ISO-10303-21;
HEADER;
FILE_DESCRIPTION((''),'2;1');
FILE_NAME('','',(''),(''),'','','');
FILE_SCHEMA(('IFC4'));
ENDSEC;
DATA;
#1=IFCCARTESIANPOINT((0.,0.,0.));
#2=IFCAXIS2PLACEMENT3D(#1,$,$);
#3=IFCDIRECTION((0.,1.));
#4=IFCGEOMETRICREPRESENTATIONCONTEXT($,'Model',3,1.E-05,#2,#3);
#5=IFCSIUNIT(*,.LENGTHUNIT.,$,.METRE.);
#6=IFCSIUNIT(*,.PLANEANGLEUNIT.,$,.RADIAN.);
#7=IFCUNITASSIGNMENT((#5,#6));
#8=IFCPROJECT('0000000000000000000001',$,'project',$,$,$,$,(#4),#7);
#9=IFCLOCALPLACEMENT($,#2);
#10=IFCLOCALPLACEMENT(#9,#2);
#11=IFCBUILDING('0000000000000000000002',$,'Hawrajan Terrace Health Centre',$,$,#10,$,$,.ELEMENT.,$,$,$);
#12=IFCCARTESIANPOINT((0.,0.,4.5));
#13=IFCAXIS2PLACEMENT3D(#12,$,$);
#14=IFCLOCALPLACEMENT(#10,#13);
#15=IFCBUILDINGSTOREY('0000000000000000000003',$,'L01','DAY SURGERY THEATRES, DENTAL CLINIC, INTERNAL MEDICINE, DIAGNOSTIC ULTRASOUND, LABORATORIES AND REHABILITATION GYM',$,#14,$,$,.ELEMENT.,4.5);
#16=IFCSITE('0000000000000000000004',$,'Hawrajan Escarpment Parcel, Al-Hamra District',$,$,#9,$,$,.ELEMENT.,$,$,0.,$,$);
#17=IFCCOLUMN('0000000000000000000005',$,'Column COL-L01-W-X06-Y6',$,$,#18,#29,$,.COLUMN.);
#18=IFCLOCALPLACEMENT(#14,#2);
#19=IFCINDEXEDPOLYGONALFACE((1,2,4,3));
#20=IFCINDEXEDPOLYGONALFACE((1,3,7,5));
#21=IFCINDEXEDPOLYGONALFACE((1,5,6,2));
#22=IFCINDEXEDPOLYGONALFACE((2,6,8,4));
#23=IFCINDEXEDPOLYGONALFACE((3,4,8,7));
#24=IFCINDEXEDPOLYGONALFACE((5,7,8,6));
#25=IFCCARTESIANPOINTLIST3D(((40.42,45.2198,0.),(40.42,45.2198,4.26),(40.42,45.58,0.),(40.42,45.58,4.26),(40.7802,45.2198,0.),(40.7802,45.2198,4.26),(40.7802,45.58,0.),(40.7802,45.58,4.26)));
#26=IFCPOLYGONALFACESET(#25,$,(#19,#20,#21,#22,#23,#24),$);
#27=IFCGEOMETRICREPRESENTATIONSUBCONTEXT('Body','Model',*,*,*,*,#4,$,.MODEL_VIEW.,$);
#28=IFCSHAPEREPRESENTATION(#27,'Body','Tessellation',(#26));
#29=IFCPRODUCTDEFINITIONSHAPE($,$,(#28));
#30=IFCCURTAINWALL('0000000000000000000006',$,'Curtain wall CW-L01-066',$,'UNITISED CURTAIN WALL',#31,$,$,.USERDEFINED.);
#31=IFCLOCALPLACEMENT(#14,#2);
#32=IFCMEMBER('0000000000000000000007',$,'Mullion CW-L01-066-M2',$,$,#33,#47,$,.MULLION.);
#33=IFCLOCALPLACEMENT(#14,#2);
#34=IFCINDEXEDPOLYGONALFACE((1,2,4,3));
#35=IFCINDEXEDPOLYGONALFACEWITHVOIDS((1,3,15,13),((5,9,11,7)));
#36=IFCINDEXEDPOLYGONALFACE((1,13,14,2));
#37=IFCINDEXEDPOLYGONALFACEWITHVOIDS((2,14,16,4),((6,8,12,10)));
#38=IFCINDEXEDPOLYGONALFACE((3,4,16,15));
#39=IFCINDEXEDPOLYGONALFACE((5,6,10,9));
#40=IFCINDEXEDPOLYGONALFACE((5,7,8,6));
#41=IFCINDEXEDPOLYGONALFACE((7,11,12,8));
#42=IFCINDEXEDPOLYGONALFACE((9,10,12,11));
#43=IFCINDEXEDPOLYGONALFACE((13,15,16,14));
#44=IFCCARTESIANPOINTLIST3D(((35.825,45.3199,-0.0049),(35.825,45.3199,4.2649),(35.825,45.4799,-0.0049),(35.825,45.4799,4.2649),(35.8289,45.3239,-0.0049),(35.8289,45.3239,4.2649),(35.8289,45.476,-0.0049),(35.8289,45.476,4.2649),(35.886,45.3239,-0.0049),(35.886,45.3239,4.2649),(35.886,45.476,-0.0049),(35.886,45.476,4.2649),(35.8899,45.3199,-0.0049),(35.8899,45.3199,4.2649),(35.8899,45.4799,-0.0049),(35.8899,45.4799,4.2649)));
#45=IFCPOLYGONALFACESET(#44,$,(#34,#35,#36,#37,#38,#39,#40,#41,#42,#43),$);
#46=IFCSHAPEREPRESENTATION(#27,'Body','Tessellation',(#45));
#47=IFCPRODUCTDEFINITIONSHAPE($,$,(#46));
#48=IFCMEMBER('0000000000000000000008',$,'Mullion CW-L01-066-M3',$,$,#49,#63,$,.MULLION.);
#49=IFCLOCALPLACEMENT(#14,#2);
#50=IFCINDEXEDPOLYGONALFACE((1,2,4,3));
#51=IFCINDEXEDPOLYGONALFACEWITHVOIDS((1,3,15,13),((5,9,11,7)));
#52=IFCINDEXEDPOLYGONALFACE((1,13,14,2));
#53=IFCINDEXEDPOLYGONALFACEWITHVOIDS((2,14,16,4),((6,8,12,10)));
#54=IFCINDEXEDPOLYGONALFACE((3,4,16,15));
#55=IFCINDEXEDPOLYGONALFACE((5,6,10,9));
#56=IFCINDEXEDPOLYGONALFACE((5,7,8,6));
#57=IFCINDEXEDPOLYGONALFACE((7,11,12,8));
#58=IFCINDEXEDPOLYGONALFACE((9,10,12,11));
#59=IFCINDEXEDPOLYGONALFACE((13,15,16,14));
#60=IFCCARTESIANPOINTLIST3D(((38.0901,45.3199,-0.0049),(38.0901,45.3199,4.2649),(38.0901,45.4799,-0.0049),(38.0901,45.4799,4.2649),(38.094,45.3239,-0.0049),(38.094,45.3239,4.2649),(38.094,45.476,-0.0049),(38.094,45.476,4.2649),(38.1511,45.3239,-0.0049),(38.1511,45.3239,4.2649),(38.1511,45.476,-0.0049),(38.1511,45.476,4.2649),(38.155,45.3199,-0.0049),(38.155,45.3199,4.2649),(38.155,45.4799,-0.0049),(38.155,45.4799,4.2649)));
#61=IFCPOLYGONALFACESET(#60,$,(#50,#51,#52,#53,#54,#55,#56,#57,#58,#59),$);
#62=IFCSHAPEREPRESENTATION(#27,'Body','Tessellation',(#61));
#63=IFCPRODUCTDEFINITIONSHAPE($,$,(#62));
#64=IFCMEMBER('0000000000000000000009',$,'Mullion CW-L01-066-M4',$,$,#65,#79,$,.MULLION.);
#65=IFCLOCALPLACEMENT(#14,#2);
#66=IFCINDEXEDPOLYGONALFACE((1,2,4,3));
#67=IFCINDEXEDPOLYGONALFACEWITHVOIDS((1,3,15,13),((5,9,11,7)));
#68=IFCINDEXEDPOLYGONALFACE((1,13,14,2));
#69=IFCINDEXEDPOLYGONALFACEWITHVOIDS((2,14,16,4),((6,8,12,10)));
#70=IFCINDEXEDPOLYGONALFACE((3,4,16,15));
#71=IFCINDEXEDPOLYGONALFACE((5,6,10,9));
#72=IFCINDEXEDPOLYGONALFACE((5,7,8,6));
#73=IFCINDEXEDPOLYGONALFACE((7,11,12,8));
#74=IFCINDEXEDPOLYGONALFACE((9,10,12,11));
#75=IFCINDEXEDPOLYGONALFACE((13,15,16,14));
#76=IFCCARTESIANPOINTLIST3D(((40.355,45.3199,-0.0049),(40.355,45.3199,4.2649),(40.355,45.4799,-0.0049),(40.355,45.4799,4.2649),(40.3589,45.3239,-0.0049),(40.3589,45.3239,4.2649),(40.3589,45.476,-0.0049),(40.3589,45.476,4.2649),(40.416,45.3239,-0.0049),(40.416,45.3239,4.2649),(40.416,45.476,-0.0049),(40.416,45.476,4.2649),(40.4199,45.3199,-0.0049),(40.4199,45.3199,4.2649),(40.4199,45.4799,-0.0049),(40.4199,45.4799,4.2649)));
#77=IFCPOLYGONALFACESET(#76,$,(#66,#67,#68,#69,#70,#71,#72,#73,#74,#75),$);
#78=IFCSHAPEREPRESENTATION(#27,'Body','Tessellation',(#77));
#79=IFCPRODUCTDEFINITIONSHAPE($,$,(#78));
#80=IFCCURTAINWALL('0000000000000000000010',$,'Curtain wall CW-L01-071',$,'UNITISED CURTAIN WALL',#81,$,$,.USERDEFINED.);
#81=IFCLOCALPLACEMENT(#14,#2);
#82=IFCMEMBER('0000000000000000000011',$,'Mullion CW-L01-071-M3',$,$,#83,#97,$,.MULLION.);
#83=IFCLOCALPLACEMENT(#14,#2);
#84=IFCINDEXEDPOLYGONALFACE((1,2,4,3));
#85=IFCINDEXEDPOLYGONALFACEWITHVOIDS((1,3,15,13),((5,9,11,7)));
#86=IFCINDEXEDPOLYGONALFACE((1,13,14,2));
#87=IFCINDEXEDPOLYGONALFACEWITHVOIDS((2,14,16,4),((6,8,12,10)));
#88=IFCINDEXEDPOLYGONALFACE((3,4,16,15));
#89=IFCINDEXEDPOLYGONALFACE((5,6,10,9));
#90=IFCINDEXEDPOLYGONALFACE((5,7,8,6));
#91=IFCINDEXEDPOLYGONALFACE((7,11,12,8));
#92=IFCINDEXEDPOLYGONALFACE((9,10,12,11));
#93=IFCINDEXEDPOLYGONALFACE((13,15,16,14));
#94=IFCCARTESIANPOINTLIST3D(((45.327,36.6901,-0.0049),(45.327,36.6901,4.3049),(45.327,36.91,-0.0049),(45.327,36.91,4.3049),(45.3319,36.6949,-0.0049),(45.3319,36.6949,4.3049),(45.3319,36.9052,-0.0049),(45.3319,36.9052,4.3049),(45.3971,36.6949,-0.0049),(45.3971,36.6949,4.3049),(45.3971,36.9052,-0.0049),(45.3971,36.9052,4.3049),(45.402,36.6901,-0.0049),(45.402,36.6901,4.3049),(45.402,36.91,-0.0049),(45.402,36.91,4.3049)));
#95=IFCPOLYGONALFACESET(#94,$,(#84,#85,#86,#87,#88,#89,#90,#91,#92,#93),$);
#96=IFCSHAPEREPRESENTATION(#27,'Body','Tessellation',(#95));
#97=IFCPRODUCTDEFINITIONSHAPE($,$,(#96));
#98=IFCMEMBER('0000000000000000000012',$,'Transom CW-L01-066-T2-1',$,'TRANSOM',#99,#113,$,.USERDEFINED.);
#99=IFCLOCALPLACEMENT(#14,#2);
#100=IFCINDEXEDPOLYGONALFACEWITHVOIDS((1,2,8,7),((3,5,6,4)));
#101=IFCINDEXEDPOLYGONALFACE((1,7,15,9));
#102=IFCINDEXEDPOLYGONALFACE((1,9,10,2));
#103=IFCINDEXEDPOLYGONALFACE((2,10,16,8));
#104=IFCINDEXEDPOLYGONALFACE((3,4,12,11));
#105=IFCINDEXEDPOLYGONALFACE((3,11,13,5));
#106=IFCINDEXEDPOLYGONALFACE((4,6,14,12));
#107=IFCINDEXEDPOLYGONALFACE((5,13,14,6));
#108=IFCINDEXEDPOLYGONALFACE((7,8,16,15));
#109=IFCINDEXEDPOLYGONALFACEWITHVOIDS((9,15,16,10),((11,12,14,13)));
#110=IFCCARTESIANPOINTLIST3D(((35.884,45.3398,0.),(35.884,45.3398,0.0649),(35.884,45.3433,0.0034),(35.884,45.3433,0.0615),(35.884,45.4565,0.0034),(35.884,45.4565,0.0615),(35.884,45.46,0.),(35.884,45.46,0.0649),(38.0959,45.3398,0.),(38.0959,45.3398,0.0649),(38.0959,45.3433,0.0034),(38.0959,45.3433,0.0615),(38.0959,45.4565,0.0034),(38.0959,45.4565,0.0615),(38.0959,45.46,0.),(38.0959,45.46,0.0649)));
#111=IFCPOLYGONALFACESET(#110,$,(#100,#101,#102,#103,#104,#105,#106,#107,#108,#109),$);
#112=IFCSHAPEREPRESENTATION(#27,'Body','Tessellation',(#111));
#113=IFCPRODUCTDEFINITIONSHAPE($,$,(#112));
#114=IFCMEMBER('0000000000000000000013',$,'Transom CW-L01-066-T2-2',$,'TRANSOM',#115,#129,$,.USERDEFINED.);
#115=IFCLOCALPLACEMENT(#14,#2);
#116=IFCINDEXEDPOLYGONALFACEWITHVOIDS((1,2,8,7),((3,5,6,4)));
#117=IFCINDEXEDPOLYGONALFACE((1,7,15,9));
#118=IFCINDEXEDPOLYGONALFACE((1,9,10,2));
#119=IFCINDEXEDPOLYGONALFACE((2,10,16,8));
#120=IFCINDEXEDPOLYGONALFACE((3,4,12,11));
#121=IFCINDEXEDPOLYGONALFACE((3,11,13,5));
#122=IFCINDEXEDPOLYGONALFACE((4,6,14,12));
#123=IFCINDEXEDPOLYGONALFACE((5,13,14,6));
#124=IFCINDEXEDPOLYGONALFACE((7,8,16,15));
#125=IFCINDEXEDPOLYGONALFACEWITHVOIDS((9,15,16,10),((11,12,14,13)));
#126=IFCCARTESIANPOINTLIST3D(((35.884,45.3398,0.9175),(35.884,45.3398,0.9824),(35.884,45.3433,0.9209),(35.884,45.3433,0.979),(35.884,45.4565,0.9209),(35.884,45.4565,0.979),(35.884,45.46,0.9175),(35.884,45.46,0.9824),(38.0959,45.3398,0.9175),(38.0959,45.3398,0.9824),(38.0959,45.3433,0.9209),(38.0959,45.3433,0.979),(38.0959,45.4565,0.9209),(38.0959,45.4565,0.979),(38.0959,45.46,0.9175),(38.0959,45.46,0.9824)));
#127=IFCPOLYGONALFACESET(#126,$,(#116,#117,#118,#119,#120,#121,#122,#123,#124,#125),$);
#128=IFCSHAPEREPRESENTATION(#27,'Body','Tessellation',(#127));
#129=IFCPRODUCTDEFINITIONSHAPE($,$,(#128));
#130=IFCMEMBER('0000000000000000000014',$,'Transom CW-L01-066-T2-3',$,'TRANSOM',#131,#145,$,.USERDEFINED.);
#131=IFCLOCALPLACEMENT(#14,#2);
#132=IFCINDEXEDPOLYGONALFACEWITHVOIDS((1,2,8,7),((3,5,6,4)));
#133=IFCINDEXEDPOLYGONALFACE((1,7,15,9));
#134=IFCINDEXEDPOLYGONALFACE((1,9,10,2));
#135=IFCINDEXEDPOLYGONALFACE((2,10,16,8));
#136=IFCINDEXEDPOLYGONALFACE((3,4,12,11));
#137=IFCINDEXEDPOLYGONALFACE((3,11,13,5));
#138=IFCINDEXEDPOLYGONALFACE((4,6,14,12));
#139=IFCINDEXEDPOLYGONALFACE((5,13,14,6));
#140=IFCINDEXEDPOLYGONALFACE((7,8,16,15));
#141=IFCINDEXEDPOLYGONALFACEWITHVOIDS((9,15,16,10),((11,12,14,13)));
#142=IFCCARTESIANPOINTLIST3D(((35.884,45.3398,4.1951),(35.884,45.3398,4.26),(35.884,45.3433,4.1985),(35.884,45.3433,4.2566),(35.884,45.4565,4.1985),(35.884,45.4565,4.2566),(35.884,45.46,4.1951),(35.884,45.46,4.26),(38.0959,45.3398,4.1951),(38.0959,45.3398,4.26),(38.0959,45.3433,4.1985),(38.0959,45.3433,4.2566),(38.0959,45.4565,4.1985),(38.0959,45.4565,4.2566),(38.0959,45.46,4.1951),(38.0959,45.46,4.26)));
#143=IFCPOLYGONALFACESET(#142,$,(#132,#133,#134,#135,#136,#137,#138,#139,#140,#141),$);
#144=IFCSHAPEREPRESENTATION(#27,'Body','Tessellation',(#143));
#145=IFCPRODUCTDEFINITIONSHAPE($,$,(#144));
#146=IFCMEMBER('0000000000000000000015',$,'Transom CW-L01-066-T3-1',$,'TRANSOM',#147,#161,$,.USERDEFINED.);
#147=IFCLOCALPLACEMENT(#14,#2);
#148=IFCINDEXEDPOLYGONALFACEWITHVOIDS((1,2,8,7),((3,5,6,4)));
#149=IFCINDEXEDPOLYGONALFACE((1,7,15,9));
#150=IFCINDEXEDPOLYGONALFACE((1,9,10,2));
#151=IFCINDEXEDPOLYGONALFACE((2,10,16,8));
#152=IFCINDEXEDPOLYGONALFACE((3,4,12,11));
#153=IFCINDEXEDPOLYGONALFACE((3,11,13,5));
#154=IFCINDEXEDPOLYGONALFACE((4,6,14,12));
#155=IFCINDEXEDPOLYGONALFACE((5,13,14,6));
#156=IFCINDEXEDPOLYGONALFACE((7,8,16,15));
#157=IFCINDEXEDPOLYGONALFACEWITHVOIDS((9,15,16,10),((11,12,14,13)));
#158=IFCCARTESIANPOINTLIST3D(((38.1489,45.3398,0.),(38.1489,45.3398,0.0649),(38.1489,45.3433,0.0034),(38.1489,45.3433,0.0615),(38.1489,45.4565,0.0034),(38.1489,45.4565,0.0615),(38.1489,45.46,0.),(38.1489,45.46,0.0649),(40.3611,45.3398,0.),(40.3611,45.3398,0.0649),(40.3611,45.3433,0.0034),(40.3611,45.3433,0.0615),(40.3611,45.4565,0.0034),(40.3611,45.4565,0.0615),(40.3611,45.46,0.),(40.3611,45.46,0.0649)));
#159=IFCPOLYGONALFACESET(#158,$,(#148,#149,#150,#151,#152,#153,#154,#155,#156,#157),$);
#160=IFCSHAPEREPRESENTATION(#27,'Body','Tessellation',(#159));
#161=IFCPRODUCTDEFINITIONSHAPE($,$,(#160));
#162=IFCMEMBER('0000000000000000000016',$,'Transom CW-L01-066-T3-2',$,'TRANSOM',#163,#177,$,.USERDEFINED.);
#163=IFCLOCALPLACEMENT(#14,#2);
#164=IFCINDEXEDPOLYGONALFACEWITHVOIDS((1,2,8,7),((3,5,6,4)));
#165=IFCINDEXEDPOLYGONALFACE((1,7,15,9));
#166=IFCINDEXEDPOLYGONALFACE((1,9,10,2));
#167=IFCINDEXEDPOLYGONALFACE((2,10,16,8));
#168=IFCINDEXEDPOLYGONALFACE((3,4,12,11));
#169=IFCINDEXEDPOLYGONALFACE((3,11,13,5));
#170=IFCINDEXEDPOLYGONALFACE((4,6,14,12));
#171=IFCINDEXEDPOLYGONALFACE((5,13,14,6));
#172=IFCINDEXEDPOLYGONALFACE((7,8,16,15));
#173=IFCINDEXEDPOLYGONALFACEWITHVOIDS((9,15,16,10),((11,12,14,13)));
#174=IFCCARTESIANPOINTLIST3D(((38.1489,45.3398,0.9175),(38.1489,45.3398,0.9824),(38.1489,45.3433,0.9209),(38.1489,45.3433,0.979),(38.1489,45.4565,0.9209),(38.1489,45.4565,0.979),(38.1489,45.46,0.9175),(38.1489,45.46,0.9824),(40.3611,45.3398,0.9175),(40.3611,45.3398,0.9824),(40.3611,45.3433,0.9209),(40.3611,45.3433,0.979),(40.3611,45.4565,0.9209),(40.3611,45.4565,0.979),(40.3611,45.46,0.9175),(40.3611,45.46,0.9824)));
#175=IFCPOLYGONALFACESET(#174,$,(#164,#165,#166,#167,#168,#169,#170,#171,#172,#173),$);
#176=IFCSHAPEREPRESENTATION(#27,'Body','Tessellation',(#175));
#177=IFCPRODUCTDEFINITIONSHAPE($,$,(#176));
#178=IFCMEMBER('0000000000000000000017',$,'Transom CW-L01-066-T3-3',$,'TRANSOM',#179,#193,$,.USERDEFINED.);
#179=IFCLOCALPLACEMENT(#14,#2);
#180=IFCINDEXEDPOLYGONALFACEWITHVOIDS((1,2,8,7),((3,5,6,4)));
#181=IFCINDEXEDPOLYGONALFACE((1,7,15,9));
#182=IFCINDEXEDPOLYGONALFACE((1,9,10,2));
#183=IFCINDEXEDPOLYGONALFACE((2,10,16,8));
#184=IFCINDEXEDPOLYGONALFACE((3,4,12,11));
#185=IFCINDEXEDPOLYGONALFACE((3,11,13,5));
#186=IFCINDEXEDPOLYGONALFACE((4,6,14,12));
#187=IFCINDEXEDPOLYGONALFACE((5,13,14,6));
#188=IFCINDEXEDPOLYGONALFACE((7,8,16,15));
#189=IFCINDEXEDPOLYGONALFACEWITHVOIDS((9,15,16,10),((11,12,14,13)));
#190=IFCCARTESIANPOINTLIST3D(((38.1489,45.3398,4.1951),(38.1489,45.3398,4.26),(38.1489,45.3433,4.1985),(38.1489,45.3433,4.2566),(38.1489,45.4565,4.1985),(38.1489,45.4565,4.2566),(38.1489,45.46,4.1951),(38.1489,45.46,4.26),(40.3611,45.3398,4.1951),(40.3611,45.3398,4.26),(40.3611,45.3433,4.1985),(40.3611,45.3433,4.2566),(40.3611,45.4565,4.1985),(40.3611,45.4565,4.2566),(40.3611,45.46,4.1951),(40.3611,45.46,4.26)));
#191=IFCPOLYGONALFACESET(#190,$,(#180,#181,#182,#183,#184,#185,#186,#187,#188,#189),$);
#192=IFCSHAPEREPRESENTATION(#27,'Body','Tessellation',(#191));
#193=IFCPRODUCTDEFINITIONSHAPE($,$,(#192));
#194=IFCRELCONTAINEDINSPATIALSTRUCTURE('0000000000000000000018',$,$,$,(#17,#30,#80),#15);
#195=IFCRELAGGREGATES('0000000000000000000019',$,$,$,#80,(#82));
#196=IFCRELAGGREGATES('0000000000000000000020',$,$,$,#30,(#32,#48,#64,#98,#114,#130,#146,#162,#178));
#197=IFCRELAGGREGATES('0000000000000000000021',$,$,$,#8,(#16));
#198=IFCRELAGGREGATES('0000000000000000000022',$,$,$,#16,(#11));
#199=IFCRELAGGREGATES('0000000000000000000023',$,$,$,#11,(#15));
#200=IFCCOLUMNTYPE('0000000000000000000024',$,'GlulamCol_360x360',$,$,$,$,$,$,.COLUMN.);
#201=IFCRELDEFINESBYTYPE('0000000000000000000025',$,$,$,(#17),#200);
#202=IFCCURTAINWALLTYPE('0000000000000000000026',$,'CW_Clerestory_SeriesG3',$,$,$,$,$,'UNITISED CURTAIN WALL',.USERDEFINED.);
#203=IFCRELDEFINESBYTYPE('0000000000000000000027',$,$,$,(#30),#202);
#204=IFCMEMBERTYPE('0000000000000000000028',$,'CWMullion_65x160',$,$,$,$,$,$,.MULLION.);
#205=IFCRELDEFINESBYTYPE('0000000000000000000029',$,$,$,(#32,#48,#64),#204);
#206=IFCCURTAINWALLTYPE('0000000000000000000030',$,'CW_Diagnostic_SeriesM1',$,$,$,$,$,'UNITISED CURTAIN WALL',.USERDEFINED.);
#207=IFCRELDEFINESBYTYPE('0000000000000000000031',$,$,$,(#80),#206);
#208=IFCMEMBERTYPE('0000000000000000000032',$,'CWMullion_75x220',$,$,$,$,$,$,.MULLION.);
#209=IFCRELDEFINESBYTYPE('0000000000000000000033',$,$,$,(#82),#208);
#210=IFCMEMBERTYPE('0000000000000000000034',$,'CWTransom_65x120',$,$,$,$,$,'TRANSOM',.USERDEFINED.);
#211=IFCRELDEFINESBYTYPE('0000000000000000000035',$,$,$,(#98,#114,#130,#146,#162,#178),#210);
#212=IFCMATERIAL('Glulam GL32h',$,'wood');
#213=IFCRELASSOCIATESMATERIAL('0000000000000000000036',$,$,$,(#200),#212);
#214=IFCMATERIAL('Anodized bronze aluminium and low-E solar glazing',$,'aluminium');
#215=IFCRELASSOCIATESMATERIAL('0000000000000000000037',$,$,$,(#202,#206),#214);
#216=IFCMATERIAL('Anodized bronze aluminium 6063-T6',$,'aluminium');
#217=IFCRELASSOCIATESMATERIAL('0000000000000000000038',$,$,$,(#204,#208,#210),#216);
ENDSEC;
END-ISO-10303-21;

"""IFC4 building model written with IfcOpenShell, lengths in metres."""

from ifc_helpers import new_model, si_unit, direction, frame, origin, origin_2d, place, context, subcontext, project, spatial, rectangle, hollow_rectangle, extrude, material, material_profile, profile_set, type_object, element, aggregate, save


model = new_model("IFC4")

# Units and contexts
model_context = context("Model", 3, precision=1e-05, world=origin(), true_north=direction((0.0, 1.0)))
body_context = subcontext(model_context, "Body", "Model", "MODEL_VIEW")
ifc_project = project(units=[si_unit("LENGTHUNIT", "METRE"), si_unit("PLANEANGLEUNIT", "RADIAN")], contexts=[model_context])

# Site, building, storey
site_placement = place(None, origin())
site = spatial("IfcSite", under=ifc_project, at=site_placement, Name="Hawrajan Escarpment Parcel, Al-Hamra District", CompositionType="ELEMENT", RefElevation=0.0)
building_placement = place(site_placement, origin())
building = spatial("IfcBuilding", under=site, at=building_placement, Name="Hawrajan Terrace Health Centre", CompositionType="ELEMENT")
storey_placement = place(building_placement, frame((0.0, 0.0, 4.5)))
storey = spatial("IfcBuildingStorey", under=building, at=storey_placement, Name="L01", Description="DAY SURGERY THEATRES, DENTAL CLINIC, INTERNAL MEDICINE, DIAGNOSTIC ULTRASOUND, LABORATORIES AND REHABILITATION GYM", CompositionType="ELEMENT", Elevation=4.5)

# Column
ifc_material_1 = material(Name="Glulam GL32h", Category="wood")
ifc_material_profile_1 = material_profile(ifc_material_1, rectangle(XDim=0.3601, YDim=0.3601, at=origin_2d()), Name="GL 360x360")
ifc_profile_set_1 = profile_set([ifc_material_profile_1], Name="Glulam GL32h")
column_type = type_object("IfcColumnType", Name="GlulamCol_360x360", PredefinedType="COLUMN", material=ifc_profile_set_1)
column_placement = place(storey_placement, frame((40.6001, 45.3999, 0.0), z_axis=(0.0, 0.0, 1.0), x_axis=(1.0, 0.0, 0.0)))
element("IfcColumn", 1, at=column_placement, inside=storey, type_object=column_type, Name="Column COL-L01-W-X06-Y6", PredefinedType="COLUMN", context=body_context, shape_type="SweptSolid", body=[
    extrude(rectangle(XDim=0.3601, YDim=0.3601, at=origin_2d()), origin(), (0.0, 0.0, 1.0), 4.26),
])

# Curtain wall, members
ifc_material_2 = material(Name="Anodized bronze aluminium and low-E solar glazing", Category="aluminium")
curtain_wall_type_1 = type_object("IfcCurtainWallType", Name="CW_Clerestory_SeriesG3", ElementType="UNITISED CURTAIN WALL", PredefinedType="USERDEFINED", material=ifc_material_2)
curtain_wall_1_placement = place(storey_placement, origin())
curtain_wall_1 = element("IfcCurtainWall", 2, at=curtain_wall_1_placement, inside=storey, type_object=curtain_wall_type_1, Name="Curtain wall CW-L01-066", ObjectType="UNITISED CURTAIN WALL", PredefinedType="USERDEFINED")
ifc_material_3 = material(Name="Anodized bronze aluminium 6063-T6", Category="aluminium")
ifc_material_profile_2 = material_profile(ifc_material_3, hollow_rectangle(XDim=0.0649, YDim=0.1599, WallThickness=0.0039, at=origin_2d()), Name="CW MUL 65x160")
ifc_profile_set_2 = profile_set([ifc_material_profile_2], Name="Anodized bronze aluminium 6063-T6")
member_type_1 = type_object("IfcMemberType", Name="CWMullion_65x160", PredefinedType="MULLION", material=ifc_profile_set_2)
member_1_placement = place(storey_placement, frame((35.8574, 45.3999, -0.0049), z_axis=(0.0, 0.0, 1.0), x_axis=(1.0, 0.0, 0.0)))
member_1 = element("IfcMember", 3, at=member_1_placement, type_object=member_type_1, Name="Mullion CW-L01-066-M2", PredefinedType="MULLION", context=body_context, shape_type="SweptSolid", body=[
    extrude(hollow_rectangle(XDim=0.0649, YDim=0.1599, WallThickness=0.0039, at=origin_2d()), origin(), (0.0, 0.0, 1.0), 4.2698),
])
member_2_placement = place(storey_placement, frame((38.1226, 45.3999, -0.0049), z_axis=(0.0, 0.0, 1.0), x_axis=(1.0, 0.0, 0.0)))
member_2 = element("IfcMember", 4, at=member_2_placement, type_object=member_type_1, Name="Mullion CW-L01-066-M3", PredefinedType="MULLION", context=body_context, shape_type="SweptSolid", body=[
    extrude(hollow_rectangle(XDim=0.0649, YDim=0.1599, WallThickness=0.0039, at=origin_2d()), origin(), (0.0, 0.0, 1.0), 4.2698),
])
member_3_placement = place(storey_placement, frame((40.3875, 45.3999, -0.0049), z_axis=(0.0, 0.0, 1.0), x_axis=(1.0, 0.0, 0.0)))
member_3 = element("IfcMember", 5, at=member_3_placement, type_object=member_type_1, Name="Mullion CW-L01-066-M4", PredefinedType="MULLION", context=body_context, shape_type="SweptSolid", body=[
    extrude(hollow_rectangle(XDim=0.0649, YDim=0.1599, WallThickness=0.0039, at=origin_2d()), origin(), (0.0, 0.0, 1.0), 4.2698),
])

# Curtain wall, member
curtain_wall_type_2 = type_object("IfcCurtainWallType", Name="CW_Diagnostic_SeriesM1", ElementType="UNITISED CURTAIN WALL", PredefinedType="USERDEFINED", material=ifc_material_2)
curtain_wall_2_placement = place(storey_placement, origin())
curtain_wall_2 = element("IfcCurtainWall", 6, at=curtain_wall_2_placement, inside=storey, type_object=curtain_wall_type_2, Name="Curtain wall CW-L01-071", ObjectType="UNITISED CURTAIN WALL", PredefinedType="USERDEFINED")
ifc_material_profile_3 = material_profile(ifc_material_3, hollow_rectangle(XDim=0.075, YDim=0.22, WallThickness=0.0049, at=origin_2d()), Name="CW MUL 75x220")
ifc_profile_set_3 = profile_set([ifc_material_profile_3], Name="Anodized bronze aluminium 6063-T6")
member_type_2 = type_object("IfcMemberType", Name="CWMullion_75x220", PredefinedType="MULLION", material=ifc_profile_set_3)
member_4_placement = place(storey_placement, frame((45.3645, 36.8, -0.0049), z_axis=(0.0, 0.0, 1.0), x_axis=(1.0, 0.0, 0.0)))
member_4 = element("IfcMember", 7, at=member_4_placement, type_object=member_type_2, Name="Mullion CW-L01-071-M3", PredefinedType="MULLION", context=body_context, shape_type="SweptSolid", body=[
    extrude(hollow_rectangle(XDim=0.075, YDim=0.22, WallThickness=0.0049, at=origin_2d()), origin(), (0.0, 0.0, 1.0), 4.3098),
])

# Members
ifc_material_profile_4 = material_profile(ifc_material_3, hollow_rectangle(XDim=0.0649, YDim=0.1201, WallThickness=0.0034, at=origin_2d()), Name="CW TRN 65x120")
ifc_profile_set_4 = profile_set([ifc_material_profile_4], Name="Anodized bronze aluminium 6063-T6")
member_type_3 = type_object("IfcMemberType", Name="CWTransom_65x120", ElementType="TRANSOM", PredefinedType="USERDEFINED", material=ifc_profile_set_4)
member_5_placement = place(storey_placement, frame((35.884, 45.3999, 0.0325), z_axis=(1.0, 0.0, 0.0), x_axis=(0.0, 0.0, 1.0)))
member_5 = element("IfcMember", 8, at=member_5_placement, type_object=member_type_3, Name="Transom CW-L01-066-T2-1", ObjectType="TRANSOM", PredefinedType="USERDEFINED", context=body_context, shape_type="SweptSolid", body=[
    extrude(hollow_rectangle(XDim=0.0649, YDim=0.1201, WallThickness=0.0034, at=origin_2d()), origin(), (0.0, 0.0, 1.0), 2.2119),
])
member_6_placement = place(storey_placement, frame((35.884, 45.3999, 0.95), z_axis=(1.0, 0.0, 0.0), x_axis=(0.0, 0.0, 1.0)))
member_6 = element("IfcMember", 9, at=member_6_placement, type_object=member_type_3, Name="Transom CW-L01-066-T2-2", ObjectType="TRANSOM", PredefinedType="USERDEFINED", context=body_context, shape_type="SweptSolid", body=[
    extrude(hollow_rectangle(XDim=0.0649, YDim=0.1201, WallThickness=0.0034, at=origin_2d()), origin(), (0.0, 0.0, 1.0), 2.2119),
])
member_7_placement = place(storey_placement, frame((35.884, 45.3999, 4.2275), z_axis=(1.0, 0.0, 0.0), x_axis=(0.0, 0.0, 1.0)))
member_7 = element("IfcMember", 10, at=member_7_placement, type_object=member_type_3, Name="Transom CW-L01-066-T2-3", ObjectType="TRANSOM", PredefinedType="USERDEFINED", context=body_context, shape_type="SweptSolid", body=[
    extrude(hollow_rectangle(XDim=0.0649, YDim=0.1201, WallThickness=0.0034, at=origin_2d()), origin(), (0.0, 0.0, 1.0), 2.2119),
])
member_8_placement = place(storey_placement, frame((38.1489, 45.3999, 0.0325), z_axis=(1.0, 0.0, 0.0), x_axis=(0.0, 0.0, 1.0)))
member_8 = element("IfcMember", 11, at=member_8_placement, type_object=member_type_3, Name="Transom CW-L01-066-T3-1", ObjectType="TRANSOM", PredefinedType="USERDEFINED", context=body_context, shape_type="SweptSolid", body=[
    extrude(hollow_rectangle(XDim=0.0649, YDim=0.1201, WallThickness=0.0034, at=origin_2d()), origin(), (0.0, 0.0, 1.0), 2.2122),
])
member_9_placement = place(storey_placement, frame((38.1489, 45.3999, 0.95), z_axis=(1.0, 0.0, 0.0), x_axis=(0.0, 0.0, 1.0)))
member_9 = element("IfcMember", 12, at=member_9_placement, type_object=member_type_3, Name="Transom CW-L01-066-T3-2", ObjectType="TRANSOM", PredefinedType="USERDEFINED", context=body_context, shape_type="SweptSolid", body=[
    extrude(hollow_rectangle(XDim=0.0649, YDim=0.1201, WallThickness=0.0034, at=origin_2d()), origin(), (0.0, 0.0, 1.0), 2.2122),
])
member_10_placement = place(storey_placement, frame((38.1489, 45.3999, 4.2275), z_axis=(1.0, 0.0, 0.0), x_axis=(0.0, 0.0, 1.0)))
member_10 = element("IfcMember", 13, at=member_10_placement, type_object=member_type_3, Name="Transom CW-L01-066-T3-3", ObjectType="TRANSOM", PredefinedType="USERDEFINED", context=body_context, shape_type="SweptSolid", body=[
    extrude(hollow_rectangle(XDim=0.0649, YDim=0.1201, WallThickness=0.0034, at=origin_2d()), origin(), (0.0, 0.0, 1.0), 2.2122),
])

aggregate(curtain_wall_2, [member_4])
aggregate(curtain_wall_1, [member_1, member_2, member_3, member_5, member_6, member_7, member_8, member_9, member_10])

save(model, "model.ifc")
